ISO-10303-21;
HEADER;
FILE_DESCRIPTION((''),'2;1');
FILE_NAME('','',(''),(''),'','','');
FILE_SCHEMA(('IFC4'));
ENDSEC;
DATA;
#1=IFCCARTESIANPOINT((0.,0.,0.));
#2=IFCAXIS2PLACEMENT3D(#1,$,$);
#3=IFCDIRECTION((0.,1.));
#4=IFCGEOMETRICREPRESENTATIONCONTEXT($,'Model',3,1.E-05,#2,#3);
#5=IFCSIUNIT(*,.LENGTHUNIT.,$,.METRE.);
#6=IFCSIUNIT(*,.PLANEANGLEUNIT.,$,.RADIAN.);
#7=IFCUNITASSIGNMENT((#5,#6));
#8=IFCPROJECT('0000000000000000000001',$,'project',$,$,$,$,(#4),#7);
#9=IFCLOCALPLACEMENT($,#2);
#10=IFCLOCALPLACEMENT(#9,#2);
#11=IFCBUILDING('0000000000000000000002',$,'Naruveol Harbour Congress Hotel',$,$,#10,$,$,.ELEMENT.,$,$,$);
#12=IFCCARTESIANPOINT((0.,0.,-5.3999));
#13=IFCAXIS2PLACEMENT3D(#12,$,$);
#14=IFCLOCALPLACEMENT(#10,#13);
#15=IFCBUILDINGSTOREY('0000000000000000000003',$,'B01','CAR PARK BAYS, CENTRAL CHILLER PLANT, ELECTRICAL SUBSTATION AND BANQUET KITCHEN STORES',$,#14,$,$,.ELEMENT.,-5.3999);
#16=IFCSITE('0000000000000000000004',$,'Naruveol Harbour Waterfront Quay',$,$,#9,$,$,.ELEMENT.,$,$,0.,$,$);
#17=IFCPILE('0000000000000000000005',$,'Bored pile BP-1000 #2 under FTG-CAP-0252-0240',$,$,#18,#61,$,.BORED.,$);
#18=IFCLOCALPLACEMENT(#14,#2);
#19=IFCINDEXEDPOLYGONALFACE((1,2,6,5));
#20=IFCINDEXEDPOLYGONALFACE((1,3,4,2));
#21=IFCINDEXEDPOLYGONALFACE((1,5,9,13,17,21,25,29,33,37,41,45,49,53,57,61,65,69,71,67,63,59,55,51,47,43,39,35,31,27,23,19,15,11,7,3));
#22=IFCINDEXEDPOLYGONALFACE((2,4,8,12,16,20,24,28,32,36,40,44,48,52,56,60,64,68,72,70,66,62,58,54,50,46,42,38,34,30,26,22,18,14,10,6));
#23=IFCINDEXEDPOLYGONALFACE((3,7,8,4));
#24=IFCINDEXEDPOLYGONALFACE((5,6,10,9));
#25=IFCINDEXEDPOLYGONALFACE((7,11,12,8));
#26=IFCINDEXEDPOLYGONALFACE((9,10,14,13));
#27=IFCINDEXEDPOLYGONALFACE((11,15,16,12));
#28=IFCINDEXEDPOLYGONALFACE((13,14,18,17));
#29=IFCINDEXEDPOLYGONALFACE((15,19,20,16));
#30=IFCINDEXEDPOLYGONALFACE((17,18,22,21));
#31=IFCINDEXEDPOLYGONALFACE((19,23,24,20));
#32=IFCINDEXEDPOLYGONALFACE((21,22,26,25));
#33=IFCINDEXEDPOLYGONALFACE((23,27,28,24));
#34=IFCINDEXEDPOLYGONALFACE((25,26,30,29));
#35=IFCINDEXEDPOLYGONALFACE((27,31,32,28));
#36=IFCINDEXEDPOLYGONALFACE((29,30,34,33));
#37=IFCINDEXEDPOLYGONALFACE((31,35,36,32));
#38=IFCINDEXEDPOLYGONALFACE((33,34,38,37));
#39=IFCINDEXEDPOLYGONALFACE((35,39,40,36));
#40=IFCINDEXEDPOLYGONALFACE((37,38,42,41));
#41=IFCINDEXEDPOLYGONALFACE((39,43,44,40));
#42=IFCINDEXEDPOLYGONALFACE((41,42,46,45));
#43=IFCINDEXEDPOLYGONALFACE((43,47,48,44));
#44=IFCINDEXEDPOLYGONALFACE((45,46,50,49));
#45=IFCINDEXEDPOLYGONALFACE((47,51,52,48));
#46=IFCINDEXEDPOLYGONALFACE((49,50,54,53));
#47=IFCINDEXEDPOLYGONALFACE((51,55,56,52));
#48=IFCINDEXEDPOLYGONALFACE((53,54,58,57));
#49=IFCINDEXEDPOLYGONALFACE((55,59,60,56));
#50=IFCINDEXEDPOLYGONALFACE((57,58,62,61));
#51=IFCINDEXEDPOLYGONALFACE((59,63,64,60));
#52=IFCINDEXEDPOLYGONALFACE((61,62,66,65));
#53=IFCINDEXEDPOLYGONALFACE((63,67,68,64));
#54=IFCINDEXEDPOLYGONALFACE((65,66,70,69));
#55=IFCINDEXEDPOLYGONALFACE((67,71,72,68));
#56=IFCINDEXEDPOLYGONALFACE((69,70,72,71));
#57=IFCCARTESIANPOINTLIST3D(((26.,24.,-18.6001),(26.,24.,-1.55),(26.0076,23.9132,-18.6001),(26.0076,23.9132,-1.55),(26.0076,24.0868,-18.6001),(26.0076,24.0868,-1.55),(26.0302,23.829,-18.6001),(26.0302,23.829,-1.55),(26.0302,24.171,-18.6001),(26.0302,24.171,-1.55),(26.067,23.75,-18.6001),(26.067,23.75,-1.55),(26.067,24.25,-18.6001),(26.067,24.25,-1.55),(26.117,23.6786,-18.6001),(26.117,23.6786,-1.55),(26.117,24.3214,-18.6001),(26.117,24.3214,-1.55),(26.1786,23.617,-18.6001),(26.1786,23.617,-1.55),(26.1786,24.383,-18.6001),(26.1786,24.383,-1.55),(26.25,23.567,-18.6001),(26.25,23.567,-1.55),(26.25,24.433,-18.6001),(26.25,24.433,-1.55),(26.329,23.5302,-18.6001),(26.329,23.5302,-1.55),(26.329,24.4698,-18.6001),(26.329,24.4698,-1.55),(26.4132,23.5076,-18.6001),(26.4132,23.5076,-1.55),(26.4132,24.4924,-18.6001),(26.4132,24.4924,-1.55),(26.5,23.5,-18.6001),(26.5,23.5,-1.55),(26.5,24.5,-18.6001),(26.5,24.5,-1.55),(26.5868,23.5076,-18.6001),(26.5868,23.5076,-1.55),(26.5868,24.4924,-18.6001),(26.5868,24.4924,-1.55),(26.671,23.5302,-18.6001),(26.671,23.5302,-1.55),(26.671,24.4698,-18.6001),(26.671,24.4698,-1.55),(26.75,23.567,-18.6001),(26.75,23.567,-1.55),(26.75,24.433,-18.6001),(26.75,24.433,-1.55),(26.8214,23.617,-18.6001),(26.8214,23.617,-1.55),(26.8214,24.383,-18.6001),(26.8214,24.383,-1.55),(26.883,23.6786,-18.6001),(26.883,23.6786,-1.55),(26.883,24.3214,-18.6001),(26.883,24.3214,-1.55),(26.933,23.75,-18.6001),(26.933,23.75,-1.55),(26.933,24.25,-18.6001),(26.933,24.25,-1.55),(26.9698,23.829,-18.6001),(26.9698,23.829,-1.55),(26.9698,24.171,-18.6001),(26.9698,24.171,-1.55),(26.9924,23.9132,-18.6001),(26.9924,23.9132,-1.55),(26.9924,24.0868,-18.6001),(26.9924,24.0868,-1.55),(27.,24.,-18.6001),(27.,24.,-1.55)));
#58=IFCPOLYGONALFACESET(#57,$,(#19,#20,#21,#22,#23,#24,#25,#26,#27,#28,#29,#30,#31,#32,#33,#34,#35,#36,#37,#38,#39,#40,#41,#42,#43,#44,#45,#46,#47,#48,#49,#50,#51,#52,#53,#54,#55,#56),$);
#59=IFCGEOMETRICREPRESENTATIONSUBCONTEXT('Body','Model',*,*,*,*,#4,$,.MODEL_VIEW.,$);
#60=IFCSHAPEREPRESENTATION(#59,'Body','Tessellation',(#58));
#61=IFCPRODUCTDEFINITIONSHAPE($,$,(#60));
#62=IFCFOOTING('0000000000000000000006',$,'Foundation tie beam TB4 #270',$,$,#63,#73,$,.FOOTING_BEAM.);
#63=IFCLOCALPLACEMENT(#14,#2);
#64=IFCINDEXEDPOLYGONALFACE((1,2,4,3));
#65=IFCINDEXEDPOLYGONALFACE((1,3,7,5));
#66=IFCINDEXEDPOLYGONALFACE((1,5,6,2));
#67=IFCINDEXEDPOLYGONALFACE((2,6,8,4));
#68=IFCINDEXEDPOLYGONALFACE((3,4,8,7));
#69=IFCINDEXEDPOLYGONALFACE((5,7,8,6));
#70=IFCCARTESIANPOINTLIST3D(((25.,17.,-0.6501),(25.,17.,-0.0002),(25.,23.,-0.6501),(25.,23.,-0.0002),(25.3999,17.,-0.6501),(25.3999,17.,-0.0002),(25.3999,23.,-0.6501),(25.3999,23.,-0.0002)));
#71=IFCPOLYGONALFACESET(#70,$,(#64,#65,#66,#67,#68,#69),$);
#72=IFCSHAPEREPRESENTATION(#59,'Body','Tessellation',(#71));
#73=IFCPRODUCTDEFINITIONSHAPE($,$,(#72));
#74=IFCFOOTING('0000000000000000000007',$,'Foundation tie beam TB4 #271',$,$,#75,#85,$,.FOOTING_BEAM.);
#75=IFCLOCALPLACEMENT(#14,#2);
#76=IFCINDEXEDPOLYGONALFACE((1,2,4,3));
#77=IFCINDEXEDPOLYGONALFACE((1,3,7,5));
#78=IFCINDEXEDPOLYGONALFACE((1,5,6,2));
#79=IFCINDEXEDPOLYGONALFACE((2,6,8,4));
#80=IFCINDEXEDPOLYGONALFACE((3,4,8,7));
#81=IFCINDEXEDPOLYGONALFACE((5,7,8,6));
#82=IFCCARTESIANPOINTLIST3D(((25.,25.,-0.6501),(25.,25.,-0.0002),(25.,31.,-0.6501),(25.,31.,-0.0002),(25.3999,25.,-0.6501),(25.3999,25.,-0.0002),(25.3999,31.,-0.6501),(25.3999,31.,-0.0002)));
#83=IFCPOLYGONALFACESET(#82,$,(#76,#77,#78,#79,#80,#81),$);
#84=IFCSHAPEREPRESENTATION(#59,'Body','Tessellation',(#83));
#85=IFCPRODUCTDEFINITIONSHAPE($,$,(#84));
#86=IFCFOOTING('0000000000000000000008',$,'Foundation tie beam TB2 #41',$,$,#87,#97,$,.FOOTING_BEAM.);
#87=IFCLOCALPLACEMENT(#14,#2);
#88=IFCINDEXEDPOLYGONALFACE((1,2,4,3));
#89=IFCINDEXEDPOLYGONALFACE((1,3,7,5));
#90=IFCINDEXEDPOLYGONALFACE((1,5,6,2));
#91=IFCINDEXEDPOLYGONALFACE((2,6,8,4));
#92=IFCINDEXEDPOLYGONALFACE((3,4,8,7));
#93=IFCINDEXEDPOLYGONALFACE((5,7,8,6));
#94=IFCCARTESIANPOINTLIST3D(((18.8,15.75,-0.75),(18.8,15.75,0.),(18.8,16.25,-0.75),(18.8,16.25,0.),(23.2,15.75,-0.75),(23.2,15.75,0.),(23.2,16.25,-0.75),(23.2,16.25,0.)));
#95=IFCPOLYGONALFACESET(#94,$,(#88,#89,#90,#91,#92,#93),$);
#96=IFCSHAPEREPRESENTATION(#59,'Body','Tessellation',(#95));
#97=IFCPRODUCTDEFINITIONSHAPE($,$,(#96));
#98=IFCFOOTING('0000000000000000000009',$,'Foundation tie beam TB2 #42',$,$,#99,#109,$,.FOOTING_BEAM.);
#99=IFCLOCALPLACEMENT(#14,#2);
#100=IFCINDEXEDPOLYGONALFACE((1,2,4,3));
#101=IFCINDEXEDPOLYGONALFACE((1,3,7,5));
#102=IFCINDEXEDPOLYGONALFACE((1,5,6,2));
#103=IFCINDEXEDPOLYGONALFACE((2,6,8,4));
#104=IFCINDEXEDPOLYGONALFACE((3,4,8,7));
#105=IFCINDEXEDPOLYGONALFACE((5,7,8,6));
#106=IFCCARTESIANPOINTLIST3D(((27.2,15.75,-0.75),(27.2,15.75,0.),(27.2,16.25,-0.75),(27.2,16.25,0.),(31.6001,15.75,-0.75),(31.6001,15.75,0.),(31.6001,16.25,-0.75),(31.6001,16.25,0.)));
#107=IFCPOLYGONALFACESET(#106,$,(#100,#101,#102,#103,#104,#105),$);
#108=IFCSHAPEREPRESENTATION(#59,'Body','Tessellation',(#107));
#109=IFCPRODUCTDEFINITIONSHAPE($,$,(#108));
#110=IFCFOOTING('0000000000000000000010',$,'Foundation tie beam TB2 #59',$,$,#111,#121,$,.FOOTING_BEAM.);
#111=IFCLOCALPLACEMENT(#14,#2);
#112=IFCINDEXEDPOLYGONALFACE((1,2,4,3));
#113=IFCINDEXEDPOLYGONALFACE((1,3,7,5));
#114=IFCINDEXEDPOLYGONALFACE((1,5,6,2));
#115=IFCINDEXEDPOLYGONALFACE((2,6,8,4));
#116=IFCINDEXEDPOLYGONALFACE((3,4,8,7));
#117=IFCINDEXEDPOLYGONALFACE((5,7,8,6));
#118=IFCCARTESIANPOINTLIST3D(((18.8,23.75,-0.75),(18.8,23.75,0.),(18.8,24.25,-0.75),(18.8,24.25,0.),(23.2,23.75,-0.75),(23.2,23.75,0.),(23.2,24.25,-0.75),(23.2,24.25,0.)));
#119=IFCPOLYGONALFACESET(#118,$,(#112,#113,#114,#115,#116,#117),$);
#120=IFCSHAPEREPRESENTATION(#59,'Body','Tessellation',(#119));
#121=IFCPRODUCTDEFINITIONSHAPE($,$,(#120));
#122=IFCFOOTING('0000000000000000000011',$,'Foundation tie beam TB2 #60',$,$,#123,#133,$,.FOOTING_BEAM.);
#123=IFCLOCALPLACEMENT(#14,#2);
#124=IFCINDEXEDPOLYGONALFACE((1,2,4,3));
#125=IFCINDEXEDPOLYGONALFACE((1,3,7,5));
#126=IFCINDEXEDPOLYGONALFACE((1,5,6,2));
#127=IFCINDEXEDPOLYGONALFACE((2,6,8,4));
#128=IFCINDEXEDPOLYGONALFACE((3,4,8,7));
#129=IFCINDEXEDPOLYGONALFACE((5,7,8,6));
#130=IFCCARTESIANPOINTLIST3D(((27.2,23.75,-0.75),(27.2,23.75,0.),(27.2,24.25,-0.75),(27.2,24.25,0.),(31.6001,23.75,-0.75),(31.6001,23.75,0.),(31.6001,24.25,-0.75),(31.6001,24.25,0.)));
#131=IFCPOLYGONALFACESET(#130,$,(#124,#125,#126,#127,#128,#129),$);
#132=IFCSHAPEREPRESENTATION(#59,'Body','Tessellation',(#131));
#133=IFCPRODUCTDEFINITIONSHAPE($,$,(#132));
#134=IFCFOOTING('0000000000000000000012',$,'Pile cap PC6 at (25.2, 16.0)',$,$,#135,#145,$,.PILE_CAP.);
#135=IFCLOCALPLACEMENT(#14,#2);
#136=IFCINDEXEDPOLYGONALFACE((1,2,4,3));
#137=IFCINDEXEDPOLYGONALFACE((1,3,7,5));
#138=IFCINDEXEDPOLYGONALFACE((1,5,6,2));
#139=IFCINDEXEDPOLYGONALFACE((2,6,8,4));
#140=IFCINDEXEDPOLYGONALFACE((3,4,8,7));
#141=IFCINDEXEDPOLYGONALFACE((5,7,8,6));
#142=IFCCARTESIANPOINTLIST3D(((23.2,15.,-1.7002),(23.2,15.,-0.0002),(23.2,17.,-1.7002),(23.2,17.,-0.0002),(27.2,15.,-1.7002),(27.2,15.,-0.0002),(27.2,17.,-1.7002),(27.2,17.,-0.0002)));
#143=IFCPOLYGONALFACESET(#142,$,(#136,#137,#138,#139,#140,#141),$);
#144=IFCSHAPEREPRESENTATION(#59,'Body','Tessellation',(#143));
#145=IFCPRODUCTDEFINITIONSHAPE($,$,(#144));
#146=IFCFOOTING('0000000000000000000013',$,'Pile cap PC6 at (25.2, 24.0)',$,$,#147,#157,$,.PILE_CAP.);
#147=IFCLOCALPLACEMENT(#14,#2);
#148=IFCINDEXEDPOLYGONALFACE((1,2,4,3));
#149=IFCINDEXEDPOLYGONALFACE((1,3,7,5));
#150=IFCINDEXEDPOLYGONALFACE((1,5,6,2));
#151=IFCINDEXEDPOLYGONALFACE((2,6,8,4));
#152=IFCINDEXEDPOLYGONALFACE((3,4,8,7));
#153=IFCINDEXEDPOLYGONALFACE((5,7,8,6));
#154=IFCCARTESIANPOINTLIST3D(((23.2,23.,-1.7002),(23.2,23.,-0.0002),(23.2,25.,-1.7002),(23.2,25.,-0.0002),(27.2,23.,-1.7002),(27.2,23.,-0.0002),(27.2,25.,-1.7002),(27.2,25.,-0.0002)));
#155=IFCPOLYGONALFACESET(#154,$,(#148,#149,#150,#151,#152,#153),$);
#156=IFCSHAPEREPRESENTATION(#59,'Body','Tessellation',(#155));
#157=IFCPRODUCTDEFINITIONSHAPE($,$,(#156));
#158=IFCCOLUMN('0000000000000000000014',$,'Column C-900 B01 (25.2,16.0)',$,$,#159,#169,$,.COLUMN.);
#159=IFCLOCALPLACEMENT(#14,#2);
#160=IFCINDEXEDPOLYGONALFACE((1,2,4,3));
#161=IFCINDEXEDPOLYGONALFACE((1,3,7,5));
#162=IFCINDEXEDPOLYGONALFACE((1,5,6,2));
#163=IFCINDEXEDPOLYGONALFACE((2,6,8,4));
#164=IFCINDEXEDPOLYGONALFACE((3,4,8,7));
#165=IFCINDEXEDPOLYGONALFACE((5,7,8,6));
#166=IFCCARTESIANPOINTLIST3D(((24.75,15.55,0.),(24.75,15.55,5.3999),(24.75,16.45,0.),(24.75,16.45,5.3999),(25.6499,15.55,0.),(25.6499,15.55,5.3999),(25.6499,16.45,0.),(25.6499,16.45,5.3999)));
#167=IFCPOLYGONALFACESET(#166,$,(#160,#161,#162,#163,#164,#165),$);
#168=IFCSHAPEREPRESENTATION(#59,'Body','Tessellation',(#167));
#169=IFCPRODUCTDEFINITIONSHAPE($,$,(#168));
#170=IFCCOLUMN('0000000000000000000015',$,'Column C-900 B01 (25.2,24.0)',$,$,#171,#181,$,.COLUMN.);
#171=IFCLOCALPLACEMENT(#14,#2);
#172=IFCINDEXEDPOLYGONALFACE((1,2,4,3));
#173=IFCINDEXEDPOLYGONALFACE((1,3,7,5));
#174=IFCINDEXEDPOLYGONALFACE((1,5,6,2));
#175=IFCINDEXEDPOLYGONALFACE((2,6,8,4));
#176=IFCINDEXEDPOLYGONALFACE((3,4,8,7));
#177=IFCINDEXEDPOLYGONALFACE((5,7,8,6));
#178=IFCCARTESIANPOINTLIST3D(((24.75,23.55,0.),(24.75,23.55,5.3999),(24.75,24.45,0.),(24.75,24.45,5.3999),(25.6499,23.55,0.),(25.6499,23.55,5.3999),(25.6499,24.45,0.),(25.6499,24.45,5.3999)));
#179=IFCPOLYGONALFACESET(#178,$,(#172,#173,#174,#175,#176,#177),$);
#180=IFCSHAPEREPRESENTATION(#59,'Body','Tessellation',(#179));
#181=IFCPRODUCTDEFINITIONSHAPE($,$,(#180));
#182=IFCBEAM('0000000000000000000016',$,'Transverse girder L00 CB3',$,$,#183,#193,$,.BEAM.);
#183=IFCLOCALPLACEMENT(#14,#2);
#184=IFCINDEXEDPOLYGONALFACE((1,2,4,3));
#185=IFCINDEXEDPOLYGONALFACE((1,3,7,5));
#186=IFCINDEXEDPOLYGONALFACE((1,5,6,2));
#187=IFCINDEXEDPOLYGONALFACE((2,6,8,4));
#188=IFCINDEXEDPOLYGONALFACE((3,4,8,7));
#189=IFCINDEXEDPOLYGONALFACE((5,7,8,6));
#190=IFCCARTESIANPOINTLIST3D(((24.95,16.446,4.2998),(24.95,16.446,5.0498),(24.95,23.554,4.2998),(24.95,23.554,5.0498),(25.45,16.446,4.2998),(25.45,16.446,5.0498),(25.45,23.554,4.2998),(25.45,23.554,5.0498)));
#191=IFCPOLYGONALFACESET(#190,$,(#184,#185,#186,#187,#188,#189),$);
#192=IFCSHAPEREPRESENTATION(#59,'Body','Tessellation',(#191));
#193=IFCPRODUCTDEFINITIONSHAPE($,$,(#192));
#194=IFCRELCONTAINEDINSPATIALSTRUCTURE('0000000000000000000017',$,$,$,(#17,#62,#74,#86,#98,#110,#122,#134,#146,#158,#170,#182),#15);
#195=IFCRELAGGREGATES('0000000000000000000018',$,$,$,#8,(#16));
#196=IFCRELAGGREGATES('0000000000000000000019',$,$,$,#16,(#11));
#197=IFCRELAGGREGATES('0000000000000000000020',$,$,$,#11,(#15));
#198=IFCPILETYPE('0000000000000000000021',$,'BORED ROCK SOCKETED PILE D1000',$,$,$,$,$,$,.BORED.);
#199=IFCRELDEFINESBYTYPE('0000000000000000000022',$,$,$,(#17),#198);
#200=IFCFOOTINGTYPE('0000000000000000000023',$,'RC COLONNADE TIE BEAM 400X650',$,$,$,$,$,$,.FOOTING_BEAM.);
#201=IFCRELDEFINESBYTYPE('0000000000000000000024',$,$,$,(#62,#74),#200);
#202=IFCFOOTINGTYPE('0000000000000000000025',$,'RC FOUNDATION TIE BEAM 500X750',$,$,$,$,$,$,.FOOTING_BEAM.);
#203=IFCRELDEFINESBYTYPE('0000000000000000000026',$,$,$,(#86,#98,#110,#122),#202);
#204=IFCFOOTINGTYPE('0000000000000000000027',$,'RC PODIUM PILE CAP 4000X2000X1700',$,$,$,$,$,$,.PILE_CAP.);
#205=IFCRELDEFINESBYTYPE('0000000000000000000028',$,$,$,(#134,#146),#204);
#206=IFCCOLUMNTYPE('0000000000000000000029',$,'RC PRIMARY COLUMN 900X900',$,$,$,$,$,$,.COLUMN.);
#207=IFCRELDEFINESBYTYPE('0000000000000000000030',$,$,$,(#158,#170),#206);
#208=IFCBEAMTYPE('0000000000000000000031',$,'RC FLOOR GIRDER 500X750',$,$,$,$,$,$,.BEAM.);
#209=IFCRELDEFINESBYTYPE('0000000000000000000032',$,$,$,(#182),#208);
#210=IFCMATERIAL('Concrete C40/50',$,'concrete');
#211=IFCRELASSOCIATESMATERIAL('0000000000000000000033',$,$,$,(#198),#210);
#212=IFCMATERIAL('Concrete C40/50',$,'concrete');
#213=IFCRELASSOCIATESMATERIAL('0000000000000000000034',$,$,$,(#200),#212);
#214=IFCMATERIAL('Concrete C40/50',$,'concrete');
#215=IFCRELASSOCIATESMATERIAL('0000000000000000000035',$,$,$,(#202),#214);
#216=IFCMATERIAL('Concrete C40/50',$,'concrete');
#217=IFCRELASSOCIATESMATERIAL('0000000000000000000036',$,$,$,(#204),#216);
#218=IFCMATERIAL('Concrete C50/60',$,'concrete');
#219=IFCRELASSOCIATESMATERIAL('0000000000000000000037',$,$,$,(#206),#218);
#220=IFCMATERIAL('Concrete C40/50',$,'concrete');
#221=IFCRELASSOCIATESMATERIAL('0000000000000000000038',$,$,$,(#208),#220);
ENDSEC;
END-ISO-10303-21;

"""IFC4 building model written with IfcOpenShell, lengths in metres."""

from ifc_helpers import new_model, si_unit, direction, frame, origin, origin_2d, place, context, subcontext, project, spatial, rectangle, circle, extrude, material, material_profile, profile_set, type_object, element, save


model = new_model("IFC4")

# Units and contexts
model_context = context("Model", 3, precision=1e-05, world=origin(), true_north=direction((0.0, 1.0)))
body_context = subcontext(model_context, "Body", "Model", "MODEL_VIEW")
ifc_project = project(units=[si_unit("LENGTHUNIT", "METRE"), si_unit("PLANEANGLEUNIT", "RADIAN")], contexts=[model_context])

# Site, building, storey
site_placement = place(None, origin())
site = spatial("IfcSite", under=ifc_project, at=site_placement, Name="Naruveol Harbour Waterfront Quay", CompositionType="ELEMENT", RefElevation=0.0)
building_placement = place(site_placement, origin())
building = spatial("IfcBuilding", under=site, at=building_placement, Name="Naruveol Harbour Congress Hotel", CompositionType="ELEMENT")
storey_placement = place(building_placement, frame((0.0, 0.0, -5.3999)))
storey = spatial("IfcBuildingStorey", under=building, at=storey_placement, Name="B01", Description="CAR PARK BAYS, CENTRAL CHILLER PLANT, ELECTRICAL SUBSTATION AND BANQUET KITCHEN STORES", CompositionType="ELEMENT", Elevation=-5.3999)

# Pile
ifc_material_1 = material(Name="Concrete C40/50", Category="concrete")
ifc_material_profile_1 = material_profile(ifc_material_1, circle(Radius=0.5, at=origin_2d()), Name="BP-1000")
ifc_profile_set_1 = profile_set([ifc_material_profile_1], Name="Concrete C40/50")
pile_type = type_object("IfcPileType", Name="BORED ROCK SOCKETED PILE D1000", PredefinedType="BORED", material=ifc_profile_set_1)
for number, where, z_axis, x_axis, name in (
    (1, (26.5, 24.0, -1.55), (0.0, 0.0, -1.0), (1.0, 0.0, 0.0), "Bored pile BP-1000 #2 under FTG-CAP-0252-0240"),
):
    element("IfcPile", number, at=place(storey_placement, frame(where, z_axis=z_axis, x_axis=x_axis)), inside=storey, type_object=pile_type, Name=name, PredefinedType="BORED", context=body_context, shape_type="SweptSolid", body=[
        extrude(circle(Radius=0.5, at=origin_2d()), origin(), (0.0, 0.0, 1.0), 17.05),
    ])

# Footings
ifc_material_2 = material(Name="Concrete C40/50", Category="concrete")
ifc_material_profile_2 = material_profile(ifc_material_2, rectangle(XDim=0.3999, YDim=0.6499, at=origin_2d()), Name="RCB-400x650")
ifc_profile_set_2 = profile_set([ifc_material_profile_2], Name="Concrete C40/50")
footing_type_1 = type_object("IfcFootingType", Name="RC COLONNADE TIE BEAM 400X650", PredefinedType="FOOTING_BEAM", material=ifc_profile_set_2)
for number, where, z_axis, x_axis, name in (
    (2, (25.2, 17.0, -0.3252), (0.0, 1.0, 0.0), (-1.0, 0.0, 0.0), "Foundation tie beam TB4 #270"),
    (3, (25.2, 25.0, -0.3252), (0.0, 1.0, 0.0), (-1.0, 0.0, 0.0), "Foundation tie beam TB4 #271"),
):
    element("IfcFooting", number, at=place(storey_placement, frame(where, z_axis=z_axis, x_axis=x_axis)), inside=storey, type_object=footing_type_1, Name=name, PredefinedType="FOOTING_BEAM", context=body_context, shape_type="SweptSolid", body=[
        extrude(rectangle(XDim=0.3999, YDim=0.6499, at=origin_2d()), origin(), (0.0, 0.0, 1.0), 6.0),
    ])
ifc_material_3 = material(Name="Concrete C40/50", Category="concrete")
ifc_material_profile_3 = material_profile(ifc_material_3, rectangle(XDim=0.5, YDim=0.75, at=origin_2d()), Name="RCB-500x750")
ifc_profile_set_3 = profile_set([ifc_material_profile_3], Name="Concrete C40/50")
footing_type_2 = type_object("IfcFootingType", Name="RC FOUNDATION TIE BEAM 500X750", PredefinedType="FOOTING_BEAM", material=ifc_profile_set_3)
footing_1_placement = place(storey_placement, frame((18.8, 16.0, -0.375), z_axis=(1.0, 0.0, 0.0), x_axis=(0.0, 1.0, 0.0)))
element("IfcFooting", 4, at=footing_1_placement, inside=storey, type_object=footing_type_2, Name="Foundation tie beam TB2 #41", PredefinedType="FOOTING_BEAM", context=body_context, shape_type="SweptSolid", body=[
    extrude(rectangle(XDim=0.5, YDim=0.75, at=origin_2d()), origin(), (0.0, 0.0, 1.0), 4.3999),
])
footing_2_placement = place(storey_placement, frame((27.2, 16.0, -0.375), z_axis=(1.0, 0.0, 0.0), x_axis=(0.0, 1.0, 0.0)))
element("IfcFooting", 5, at=footing_2_placement, inside=storey, type_object=footing_type_2, Name="Foundation tie beam TB2 #42", PredefinedType="FOOTING_BEAM", context=body_context, shape_type="SweptSolid", body=[
    extrude(rectangle(XDim=0.5, YDim=0.75, at=origin_2d()), origin(), (0.0, 0.0, 1.0), 4.4001),
])
footing_3_placement = place(storey_placement, frame((18.8, 24.0, -0.375), z_axis=(1.0, 0.0, 0.0), x_axis=(0.0, 1.0, 0.0)))
element("IfcFooting", 6, at=footing_3_placement, inside=storey, type_object=footing_type_2, Name="Foundation tie beam TB2 #59", PredefinedType="FOOTING_BEAM", context=body_context, shape_type="SweptSolid", body=[
    extrude(rectangle(XDim=0.5, YDim=0.75, at=origin_2d()), origin(), (0.0, 0.0, 1.0), 4.3999),
])
footing_4_placement = place(storey_placement, frame((27.2, 24.0, -0.375), z_axis=(1.0, 0.0, 0.0), x_axis=(0.0, 1.0, 0.0)))
element("IfcFooting", 7, at=footing_4_placement, inside=storey, type_object=footing_type_2, Name="Foundation tie beam TB2 #60", PredefinedType="FOOTING_BEAM", context=body_context, shape_type="SweptSolid", body=[
    extrude(rectangle(XDim=0.5, YDim=0.75, at=origin_2d()), origin(), (0.0, 0.0, 1.0), 4.4001),
])
ifc_material_4 = material(Name="Concrete C40/50", Category="concrete")
footing_type_3 = type_object("IfcFootingType", Name="RC PODIUM PILE CAP 4000X2000X1700", PredefinedType="PILE_CAP", material=ifc_material_4)
for number, where, z_axis, x_axis, name in (
    (8, (25.2, 16.0, -1.7002), (0.0, 0.0, 1.0), (1.0, 0.0, 0.0), "Pile cap PC6 at (25.2, 16.0)"),
    (9, (25.2, 24.0, -1.7002), (0.0, 0.0, 1.0), (1.0, 0.0, 0.0), "Pile cap PC6 at (25.2, 24.0)"),
):
    element("IfcFooting", number, at=place(storey_placement, frame(where, z_axis=z_axis, x_axis=x_axis)), inside=storey, type_object=footing_type_3, Name=name, PredefinedType="PILE_CAP", context=body_context, shape_type="SweptSolid", body=[
        extrude(rectangle(XDim=4.0, YDim=2.0, at=origin_2d()), origin(), (0.0, 0.0, 1.0), 1.7),
    ])

# Columns
ifc_material_5 = material(Name="Concrete C50/60", Category="concrete")
ifc_material_profile_4 = material_profile(ifc_material_5, rectangle(XDim=0.8999, YDim=0.8999, at=origin_2d()), Name="RC-900x900")
ifc_profile_set_4 = profile_set([ifc_material_profile_4], Name="Concrete C50/60")
column_type = type_object("IfcColumnType", Name="RC PRIMARY COLUMN 900X900", PredefinedType="COLUMN", material=ifc_profile_set_4)
for number, where, z_axis, x_axis, name in (
    (10, (25.2, 16.0, 0.0), (0.0, 0.0, 1.0), (1.0, 0.0, 0.0), "Column C-900 B01 (25.2,16.0)"),
    (11, (25.2, 24.0, 0.0), (0.0, 0.0, 1.0), (1.0, 0.0, 0.0), "Column C-900 B01 (25.2,24.0)"),
):
    element("IfcColumn", number, at=place(storey_placement, frame(where, z_axis=z_axis, x_axis=x_axis)), inside=storey, type_object=column_type, Name=name, PredefinedType="COLUMN", context=body_context, shape_type="SweptSolid", body=[
        extrude(rectangle(XDim=0.8999, YDim=0.8999, at=origin_2d()), origin(), (0.0, 0.0, 1.0), 5.3999),
    ])

# Beam
ifc_material_6 = material(Name="Concrete C40/50", Category="concrete")
ifc_material_profile_5 = material_profile(ifc_material_6, rectangle(XDim=0.5, YDim=0.75, at=origin_2d()), Name="RCB-500x750")
ifc_profile_set_5 = profile_set([ifc_material_profile_5], Name="Concrete C40/50")
beam_type_1 = type_object("IfcBeamType", Name="RC FLOOR GIRDER 500X750", PredefinedType="BEAM", material=ifc_profile_set_5)
for number, where, z_axis, x_axis, name in (
    (12, (25.2, 16.446, 4.6748), (0.0, 1.0, 0.0), (-1.0, 0.0, 0.0), "Transverse girder L00 CB3"),
):
    element("IfcBeam", number, at=place(storey_placement, frame(where, z_axis=z_axis, x_axis=x_axis)), inside=storey, type_object=beam_type_1, Name=name, PredefinedType="BEAM", context=body_context, shape_type="SweptSolid", body=[
        extrude(rectangle(XDim=0.5, YDim=0.75, at=origin_2d()), origin(), (0.0, 0.0, 1.0), 7.1079),
    ])

save(model, "model.ifc")
